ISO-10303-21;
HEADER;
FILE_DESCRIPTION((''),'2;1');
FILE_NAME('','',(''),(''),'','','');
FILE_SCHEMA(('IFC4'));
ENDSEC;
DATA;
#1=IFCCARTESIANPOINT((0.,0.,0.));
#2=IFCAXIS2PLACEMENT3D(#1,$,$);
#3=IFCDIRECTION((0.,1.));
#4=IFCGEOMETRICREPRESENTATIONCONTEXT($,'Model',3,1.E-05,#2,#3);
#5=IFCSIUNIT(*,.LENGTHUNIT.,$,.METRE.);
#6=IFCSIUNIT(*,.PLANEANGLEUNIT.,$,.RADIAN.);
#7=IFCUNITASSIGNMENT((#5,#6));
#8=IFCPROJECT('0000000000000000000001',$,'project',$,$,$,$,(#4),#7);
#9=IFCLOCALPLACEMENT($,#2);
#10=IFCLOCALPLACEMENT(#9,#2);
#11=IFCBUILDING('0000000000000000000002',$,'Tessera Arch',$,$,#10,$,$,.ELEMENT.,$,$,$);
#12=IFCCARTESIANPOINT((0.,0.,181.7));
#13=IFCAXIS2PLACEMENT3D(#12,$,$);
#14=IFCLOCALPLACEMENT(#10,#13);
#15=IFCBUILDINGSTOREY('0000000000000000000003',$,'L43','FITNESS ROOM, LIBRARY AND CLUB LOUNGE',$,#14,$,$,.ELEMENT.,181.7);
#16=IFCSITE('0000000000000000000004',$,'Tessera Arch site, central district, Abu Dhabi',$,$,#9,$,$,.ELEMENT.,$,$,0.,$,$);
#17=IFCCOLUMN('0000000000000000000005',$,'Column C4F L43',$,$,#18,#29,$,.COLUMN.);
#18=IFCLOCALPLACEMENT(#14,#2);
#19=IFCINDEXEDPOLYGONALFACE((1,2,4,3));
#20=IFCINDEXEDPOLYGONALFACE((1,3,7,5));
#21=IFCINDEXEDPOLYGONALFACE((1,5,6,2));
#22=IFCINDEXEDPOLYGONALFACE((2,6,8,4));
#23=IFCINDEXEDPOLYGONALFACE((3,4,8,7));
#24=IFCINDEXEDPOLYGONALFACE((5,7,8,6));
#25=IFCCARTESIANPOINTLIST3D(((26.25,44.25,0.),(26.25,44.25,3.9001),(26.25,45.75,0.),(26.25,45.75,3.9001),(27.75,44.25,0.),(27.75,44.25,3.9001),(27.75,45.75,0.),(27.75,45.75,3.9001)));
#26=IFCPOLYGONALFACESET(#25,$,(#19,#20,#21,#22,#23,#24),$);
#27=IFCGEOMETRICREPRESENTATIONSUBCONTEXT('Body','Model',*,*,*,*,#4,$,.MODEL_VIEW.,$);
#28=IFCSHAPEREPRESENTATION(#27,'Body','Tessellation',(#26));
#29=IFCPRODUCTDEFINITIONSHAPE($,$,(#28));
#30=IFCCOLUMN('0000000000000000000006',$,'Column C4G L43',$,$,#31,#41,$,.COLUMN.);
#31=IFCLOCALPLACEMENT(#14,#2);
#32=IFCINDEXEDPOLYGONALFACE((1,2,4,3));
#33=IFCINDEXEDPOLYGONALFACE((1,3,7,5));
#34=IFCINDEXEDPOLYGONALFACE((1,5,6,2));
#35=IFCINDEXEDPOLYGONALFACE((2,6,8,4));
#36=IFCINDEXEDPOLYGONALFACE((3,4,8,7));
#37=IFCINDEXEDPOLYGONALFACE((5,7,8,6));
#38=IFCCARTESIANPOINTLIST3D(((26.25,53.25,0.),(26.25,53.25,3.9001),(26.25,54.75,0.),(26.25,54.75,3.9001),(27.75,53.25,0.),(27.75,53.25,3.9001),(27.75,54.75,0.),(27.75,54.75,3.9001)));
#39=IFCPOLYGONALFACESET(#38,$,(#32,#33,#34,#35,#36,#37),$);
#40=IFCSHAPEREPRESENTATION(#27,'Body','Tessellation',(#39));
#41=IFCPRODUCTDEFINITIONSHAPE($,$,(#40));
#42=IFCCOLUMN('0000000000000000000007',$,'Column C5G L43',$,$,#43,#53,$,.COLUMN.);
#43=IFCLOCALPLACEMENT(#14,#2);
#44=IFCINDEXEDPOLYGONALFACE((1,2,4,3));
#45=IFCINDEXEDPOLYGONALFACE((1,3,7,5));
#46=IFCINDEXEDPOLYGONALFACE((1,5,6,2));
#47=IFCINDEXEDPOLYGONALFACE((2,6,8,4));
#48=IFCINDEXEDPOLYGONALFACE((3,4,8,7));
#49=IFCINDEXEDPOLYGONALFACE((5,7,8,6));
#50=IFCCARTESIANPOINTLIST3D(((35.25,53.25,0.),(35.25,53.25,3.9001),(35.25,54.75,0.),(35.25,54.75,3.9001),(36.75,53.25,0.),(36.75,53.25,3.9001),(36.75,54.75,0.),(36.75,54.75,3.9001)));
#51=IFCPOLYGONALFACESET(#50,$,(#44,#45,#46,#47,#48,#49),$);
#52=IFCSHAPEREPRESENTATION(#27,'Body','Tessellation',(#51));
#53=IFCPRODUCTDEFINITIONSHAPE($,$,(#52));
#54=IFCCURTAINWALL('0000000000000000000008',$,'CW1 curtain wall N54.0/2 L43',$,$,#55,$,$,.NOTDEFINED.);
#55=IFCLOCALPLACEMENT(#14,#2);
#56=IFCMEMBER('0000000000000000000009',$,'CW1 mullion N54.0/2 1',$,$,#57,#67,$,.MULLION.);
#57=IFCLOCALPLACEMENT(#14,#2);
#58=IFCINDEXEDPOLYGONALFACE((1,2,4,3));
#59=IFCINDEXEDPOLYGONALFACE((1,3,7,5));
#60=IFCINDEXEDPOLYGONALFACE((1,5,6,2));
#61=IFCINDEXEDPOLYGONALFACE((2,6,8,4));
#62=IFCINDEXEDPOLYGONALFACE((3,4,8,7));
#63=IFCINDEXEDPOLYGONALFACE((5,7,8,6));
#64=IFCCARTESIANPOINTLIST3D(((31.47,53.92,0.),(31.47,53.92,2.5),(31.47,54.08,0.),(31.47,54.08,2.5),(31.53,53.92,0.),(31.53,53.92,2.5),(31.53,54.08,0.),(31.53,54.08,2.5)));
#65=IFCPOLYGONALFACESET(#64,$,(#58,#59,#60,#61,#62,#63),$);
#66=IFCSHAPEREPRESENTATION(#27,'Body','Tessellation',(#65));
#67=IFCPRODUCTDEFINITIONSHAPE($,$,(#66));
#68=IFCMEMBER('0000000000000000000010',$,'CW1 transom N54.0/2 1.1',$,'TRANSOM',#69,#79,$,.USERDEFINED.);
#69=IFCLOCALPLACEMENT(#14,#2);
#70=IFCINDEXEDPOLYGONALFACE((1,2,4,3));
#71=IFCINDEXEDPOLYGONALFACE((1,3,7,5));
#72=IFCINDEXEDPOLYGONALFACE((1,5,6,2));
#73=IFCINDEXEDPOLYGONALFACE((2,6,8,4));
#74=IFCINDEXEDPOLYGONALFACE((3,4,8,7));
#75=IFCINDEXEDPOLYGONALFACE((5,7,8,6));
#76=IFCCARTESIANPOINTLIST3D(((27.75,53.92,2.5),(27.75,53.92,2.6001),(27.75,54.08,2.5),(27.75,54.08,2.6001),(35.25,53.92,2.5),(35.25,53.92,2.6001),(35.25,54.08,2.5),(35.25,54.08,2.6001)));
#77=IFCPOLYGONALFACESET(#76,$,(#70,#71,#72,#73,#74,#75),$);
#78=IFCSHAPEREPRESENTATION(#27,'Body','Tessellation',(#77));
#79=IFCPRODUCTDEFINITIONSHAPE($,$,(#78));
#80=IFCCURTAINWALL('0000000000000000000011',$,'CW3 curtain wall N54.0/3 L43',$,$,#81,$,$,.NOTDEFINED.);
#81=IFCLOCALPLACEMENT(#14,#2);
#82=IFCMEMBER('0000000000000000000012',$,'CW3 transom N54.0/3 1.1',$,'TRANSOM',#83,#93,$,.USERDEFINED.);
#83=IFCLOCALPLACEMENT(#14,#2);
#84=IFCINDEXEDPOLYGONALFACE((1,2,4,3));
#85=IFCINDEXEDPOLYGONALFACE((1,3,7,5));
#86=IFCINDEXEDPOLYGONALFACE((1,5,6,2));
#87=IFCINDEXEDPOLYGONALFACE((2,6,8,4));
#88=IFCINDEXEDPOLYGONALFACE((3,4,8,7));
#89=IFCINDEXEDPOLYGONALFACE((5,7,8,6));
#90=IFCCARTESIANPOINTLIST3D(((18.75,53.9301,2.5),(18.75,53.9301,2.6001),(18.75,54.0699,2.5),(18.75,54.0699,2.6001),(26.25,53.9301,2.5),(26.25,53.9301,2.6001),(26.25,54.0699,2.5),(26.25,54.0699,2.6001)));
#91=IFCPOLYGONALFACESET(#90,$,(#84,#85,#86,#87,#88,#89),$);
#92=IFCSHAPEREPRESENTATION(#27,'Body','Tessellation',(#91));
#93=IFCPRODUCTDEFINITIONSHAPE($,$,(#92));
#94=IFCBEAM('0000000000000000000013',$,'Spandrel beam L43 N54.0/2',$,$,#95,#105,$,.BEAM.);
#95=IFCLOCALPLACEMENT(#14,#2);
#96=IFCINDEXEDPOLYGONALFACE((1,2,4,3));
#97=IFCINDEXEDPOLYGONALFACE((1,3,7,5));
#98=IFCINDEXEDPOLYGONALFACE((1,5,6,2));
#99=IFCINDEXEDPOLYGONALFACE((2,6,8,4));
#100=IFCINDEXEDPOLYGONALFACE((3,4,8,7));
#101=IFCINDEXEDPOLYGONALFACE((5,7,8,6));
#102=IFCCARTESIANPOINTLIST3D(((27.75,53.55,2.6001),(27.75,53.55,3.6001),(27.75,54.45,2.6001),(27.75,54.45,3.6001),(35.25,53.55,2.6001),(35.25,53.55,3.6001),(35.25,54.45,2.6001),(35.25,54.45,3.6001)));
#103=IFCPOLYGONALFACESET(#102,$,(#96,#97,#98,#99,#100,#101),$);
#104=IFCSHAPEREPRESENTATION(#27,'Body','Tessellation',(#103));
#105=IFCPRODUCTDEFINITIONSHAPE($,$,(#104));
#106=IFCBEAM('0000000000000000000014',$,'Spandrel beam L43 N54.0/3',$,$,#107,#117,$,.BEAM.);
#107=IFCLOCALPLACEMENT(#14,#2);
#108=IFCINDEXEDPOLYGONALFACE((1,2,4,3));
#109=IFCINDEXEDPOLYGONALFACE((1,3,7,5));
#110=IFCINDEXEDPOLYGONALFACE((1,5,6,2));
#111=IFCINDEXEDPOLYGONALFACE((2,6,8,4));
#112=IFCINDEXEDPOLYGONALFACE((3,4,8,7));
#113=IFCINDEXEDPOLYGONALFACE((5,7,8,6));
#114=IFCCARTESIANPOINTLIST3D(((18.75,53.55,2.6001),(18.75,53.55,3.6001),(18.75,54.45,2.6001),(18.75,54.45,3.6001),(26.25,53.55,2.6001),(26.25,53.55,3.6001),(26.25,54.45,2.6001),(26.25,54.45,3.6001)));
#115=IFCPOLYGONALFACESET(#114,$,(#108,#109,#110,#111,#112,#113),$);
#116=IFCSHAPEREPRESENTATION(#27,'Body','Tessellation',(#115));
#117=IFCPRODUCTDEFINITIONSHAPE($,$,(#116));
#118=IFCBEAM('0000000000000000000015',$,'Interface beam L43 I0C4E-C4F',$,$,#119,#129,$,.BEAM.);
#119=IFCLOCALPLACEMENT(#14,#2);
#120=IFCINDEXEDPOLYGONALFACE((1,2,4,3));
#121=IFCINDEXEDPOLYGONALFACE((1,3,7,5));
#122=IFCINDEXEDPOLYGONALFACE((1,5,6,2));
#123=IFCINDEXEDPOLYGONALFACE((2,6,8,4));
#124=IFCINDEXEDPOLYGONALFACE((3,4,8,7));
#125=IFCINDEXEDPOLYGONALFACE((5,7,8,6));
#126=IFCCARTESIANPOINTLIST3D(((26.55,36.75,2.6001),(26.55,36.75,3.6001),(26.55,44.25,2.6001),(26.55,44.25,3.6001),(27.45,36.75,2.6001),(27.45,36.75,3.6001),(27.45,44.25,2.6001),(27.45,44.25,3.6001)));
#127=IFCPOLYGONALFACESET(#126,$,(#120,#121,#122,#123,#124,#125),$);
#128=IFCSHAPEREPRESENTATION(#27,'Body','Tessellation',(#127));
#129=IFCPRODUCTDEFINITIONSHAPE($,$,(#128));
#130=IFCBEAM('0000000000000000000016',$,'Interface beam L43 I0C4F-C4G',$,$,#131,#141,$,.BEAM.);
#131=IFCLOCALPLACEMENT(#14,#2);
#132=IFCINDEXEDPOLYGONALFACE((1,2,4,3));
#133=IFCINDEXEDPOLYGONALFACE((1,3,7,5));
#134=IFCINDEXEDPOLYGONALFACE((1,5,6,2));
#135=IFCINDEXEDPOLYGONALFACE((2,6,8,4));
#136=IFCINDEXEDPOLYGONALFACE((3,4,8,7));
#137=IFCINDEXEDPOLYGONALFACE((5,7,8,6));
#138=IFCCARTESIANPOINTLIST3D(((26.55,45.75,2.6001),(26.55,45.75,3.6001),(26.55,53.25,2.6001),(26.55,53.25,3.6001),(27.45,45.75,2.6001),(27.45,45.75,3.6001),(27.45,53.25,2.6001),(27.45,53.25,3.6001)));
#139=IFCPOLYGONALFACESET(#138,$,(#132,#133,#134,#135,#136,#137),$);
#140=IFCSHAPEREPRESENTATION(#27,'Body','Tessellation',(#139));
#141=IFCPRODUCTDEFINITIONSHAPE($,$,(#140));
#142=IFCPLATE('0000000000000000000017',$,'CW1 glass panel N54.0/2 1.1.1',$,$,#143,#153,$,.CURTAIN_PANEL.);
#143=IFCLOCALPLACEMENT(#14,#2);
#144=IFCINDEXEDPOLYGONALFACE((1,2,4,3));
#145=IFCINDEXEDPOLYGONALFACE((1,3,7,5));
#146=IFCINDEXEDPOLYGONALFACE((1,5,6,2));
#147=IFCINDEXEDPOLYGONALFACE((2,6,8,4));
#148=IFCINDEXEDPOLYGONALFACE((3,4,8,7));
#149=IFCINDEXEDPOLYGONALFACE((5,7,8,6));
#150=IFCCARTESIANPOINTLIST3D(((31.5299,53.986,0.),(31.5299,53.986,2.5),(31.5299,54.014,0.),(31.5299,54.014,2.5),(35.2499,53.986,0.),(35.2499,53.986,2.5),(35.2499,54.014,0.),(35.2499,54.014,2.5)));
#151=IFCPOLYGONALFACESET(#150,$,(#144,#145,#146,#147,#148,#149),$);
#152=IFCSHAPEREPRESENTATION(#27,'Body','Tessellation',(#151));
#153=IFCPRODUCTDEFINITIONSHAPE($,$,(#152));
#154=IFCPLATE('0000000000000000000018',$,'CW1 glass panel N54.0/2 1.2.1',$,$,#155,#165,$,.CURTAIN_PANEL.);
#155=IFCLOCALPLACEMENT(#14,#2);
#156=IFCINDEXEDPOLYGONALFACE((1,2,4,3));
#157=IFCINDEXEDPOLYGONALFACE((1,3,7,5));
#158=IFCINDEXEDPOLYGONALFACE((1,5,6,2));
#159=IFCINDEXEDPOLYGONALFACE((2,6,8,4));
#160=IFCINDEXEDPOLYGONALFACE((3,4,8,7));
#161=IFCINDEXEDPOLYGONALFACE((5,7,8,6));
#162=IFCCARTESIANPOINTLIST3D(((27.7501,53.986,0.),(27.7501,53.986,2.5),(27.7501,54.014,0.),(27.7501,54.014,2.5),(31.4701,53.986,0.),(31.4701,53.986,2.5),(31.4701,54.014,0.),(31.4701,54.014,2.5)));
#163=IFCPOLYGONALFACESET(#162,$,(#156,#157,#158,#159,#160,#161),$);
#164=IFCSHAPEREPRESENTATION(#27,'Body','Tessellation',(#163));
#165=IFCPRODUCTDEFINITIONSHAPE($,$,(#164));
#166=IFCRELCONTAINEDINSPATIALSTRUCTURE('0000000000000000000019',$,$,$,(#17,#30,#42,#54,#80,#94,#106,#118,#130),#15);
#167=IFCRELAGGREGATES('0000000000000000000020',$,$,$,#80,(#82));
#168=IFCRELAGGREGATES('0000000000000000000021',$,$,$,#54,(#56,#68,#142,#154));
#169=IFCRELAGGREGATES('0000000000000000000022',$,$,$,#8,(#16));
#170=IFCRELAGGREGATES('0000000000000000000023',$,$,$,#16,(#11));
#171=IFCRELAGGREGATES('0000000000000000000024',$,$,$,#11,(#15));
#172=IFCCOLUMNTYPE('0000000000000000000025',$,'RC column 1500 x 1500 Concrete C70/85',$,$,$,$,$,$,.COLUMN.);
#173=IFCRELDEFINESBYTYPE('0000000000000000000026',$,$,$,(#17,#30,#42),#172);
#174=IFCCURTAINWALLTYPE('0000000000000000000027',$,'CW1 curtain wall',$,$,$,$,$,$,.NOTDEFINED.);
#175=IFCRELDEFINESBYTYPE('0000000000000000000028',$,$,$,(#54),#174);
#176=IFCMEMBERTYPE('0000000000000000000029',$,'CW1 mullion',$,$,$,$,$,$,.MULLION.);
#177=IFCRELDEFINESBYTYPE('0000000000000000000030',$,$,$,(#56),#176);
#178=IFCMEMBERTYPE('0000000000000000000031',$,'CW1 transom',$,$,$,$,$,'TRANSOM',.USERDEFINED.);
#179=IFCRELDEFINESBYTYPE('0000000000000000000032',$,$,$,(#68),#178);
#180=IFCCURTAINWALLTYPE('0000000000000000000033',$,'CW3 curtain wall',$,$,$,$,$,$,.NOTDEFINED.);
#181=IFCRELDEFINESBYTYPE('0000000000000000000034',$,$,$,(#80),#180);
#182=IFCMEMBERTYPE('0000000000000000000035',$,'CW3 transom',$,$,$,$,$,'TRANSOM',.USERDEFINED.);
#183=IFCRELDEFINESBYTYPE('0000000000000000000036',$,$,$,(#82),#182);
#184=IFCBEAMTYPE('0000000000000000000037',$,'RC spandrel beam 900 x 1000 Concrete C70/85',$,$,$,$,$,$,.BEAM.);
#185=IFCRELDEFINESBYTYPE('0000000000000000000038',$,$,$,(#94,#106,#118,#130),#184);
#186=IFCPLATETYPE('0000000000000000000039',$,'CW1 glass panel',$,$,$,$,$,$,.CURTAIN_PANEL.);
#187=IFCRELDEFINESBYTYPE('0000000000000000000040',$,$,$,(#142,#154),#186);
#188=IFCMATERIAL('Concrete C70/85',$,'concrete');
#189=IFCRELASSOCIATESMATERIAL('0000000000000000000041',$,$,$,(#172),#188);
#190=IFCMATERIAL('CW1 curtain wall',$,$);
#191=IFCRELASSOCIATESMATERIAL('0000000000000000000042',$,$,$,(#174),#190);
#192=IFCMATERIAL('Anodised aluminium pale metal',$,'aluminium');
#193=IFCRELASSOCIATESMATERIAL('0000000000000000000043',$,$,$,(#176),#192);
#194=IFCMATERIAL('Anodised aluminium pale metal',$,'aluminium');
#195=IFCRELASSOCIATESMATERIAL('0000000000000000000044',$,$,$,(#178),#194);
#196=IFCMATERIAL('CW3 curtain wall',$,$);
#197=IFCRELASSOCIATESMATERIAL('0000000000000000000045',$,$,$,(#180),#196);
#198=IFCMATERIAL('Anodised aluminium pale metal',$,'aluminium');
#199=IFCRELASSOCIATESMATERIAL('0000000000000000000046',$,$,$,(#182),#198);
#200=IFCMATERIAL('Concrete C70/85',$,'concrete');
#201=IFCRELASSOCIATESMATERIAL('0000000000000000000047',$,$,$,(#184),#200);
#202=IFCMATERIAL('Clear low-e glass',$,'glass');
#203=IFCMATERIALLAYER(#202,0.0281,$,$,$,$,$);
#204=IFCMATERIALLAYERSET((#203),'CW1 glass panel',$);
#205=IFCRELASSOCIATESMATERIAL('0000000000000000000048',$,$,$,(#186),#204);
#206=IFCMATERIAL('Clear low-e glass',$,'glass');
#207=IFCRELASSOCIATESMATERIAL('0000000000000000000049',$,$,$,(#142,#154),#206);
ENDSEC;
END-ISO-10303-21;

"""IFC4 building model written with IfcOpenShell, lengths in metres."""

from ifc_helpers import new_model, si_unit, direction, frame, origin, origin_2d, place, context, subcontext, project, spatial, rectangle, extrude, material, layer, layer_set, material_profile, profile_set, type_object, element, aggregate, save


model = new_model("IFC4")

# Units and contexts
model_context = context("Model", 3, precision=1e-05, world=origin(), true_north=direction((0.0, 1.0)))
body_context = subcontext(model_context, "Body", "Model", "MODEL_VIEW")
ifc_project = project(units=[si_unit("LENGTHUNIT", "METRE"), si_unit("PLANEANGLEUNIT", "RADIAN")], contexts=[model_context])

# Site, building, storey
site_placement = place(None, origin())
site = spatial("IfcSite", under=ifc_project, at=site_placement, Name="Tessera Arch site, central district, Abu Dhabi", CompositionType="ELEMENT", RefElevation=0.0)
building_placement = place(site_placement, origin())
building = spatial("IfcBuilding", under=site, at=building_placement, Name="Tessera Arch", CompositionType="ELEMENT")
storey_placement = place(building_placement, frame((0.0, 0.0, 181.7)))
storey = spatial("IfcBuildingStorey", under=building, at=storey_placement, Name="L43", Description="FITNESS ROOM, LIBRARY AND CLUB LOUNGE", CompositionType="ELEMENT", Elevation=181.7)

# Columns
ifc_material_1 = material(Name="Concrete C70/85", Category="concrete")
ifc_material_profile_1 = material_profile(ifc_material_1, rectangle(XDim=1.5, YDim=1.5, at=origin_2d()), Name="RC column 1500 x 1500 Concrete C70/85")
ifc_profile_set_1 = profile_set([ifc_material_profile_1], Name="Concrete C70/85")
column_type = type_object("IfcColumnType", Name="RC column 1500 x 1500 Concrete C70/85", PredefinedType="COLUMN", material=ifc_profile_set_1)
for number, where, z_axis, x_axis, name in (
    (1, (27.0, 45.0, 0.0), (0.0, 0.0, 1.0), (1.0, 0.0, 0.0), "Column C4F L43"),
    (2, (27.0, 54.0, 0.0), (0.0, 0.0, 1.0), (1.0, 0.0, 0.0), "Column C4G L43"),
    (3, (36.0, 54.0, 0.0), (0.0, 0.0, 1.0), (1.0, 0.0, 0.0), "Column C5G L43"),
):
    element("IfcColumn", number, at=place(storey_placement, frame(where, z_axis=z_axis, x_axis=x_axis)), inside=storey, type_object=column_type, Name=name, PredefinedType="COLUMN", context=body_context, shape_type="SweptSolid", body=[
        extrude(rectangle(XDim=1.5, YDim=1.5, at=origin_2d()), origin(), (0.0, 0.0, 1.0), 3.9001),
    ])

# Curtain wall, members
ifc_material_2 = material(Name="CW1 curtain wall")
curtain_wall_type_1 = type_object("IfcCurtainWallType", Name="CW1 curtain wall", PredefinedType="NOTDEFINED", material=ifc_material_2)
curtain_wall_1_placement = place(storey_placement, origin())
curtain_wall_1 = element("IfcCurtainWall", 4, at=curtain_wall_1_placement, inside=storey, type_object=curtain_wall_type_1, Name="CW1 curtain wall N54.0/2 L43", PredefinedType="NOTDEFINED")
ifc_material_3 = material(Name="Anodised aluminium pale metal", Category="aluminium")
ifc_material_profile_2 = material_profile(ifc_material_3, rectangle(XDim=0.1599, YDim=0.0601, at=origin_2d()), Name="AL 60x160")
ifc_profile_set_2 = profile_set([ifc_material_profile_2], Name="Anodised aluminium pale metal")
member_type_1 = type_object("IfcMemberType", Name="CW1 mullion", PredefinedType="MULLION", material=ifc_profile_set_2)
member_1_placement = place(storey_placement, frame((31.5, 54.0, 0.0), z_axis=(0.0, 0.0, 1.0), x_axis=(0.0, -1.0, 0.0)))
member_1 = element("IfcMember", 5, at=member_1_placement, type_object=member_type_1, Name="CW1 mullion N54.0/2 1", PredefinedType="MULLION", context=body_context, shape_type="SweptSolid", body=[
    extrude(rectangle(XDim=0.1599, YDim=0.0601, at=origin_2d()), origin(), (0.0, 0.0, 1.0), 2.5),
])
ifc_material_4 = material(Name="Anodised aluminium pale metal", Category="aluminium")
ifc_material_profile_3 = material_profile(ifc_material_4, rectangle(XDim=0.1599, YDim=0.1001, at=origin_2d()), Name="AL 160x100")
ifc_profile_set_3 = profile_set([ifc_material_profile_3], Name="Anodised aluminium pale metal")
member_type_2 = type_object("IfcMemberType", Name="CW1 transom", ElementType="TRANSOM", PredefinedType="USERDEFINED", material=ifc_profile_set_3)
member_2_placement = place(storey_placement, frame((35.25, 54.0, 2.55), z_axis=(-1.0, 0.0, 0.0), x_axis=(0.0, -1.0, 0.0)))
member_2 = element("IfcMember", 6, at=member_2_placement, type_object=member_type_2, Name="CW1 transom N54.0/2 1.1", ObjectType="TRANSOM", PredefinedType="USERDEFINED", context=body_context, shape_type="SweptSolid", body=[
    extrude(rectangle(XDim=0.1599, YDim=0.1001, at=origin_2d()), origin(), (0.0, 0.0, 1.0), 7.5),
])

# Curtain wall, member
ifc_material_5 = material(Name="CW3 curtain wall")
curtain_wall_type_2 = type_object("IfcCurtainWallType", Name="CW3 curtain wall", PredefinedType="NOTDEFINED", material=ifc_material_5)
curtain_wall_2_placement = place(storey_placement, origin())
curtain_wall_2 = element("IfcCurtainWall", 7, at=curtain_wall_2_placement, inside=storey, type_object=curtain_wall_type_2, Name="CW3 curtain wall N54.0/3 L43", PredefinedType="NOTDEFINED")
ifc_material_6 = material(Name="Anodised aluminium pale metal", Category="aluminium")
ifc_material_profile_4 = material_profile(ifc_material_6, rectangle(XDim=0.1399, YDim=0.1001, at=origin_2d()), Name="AL 140x100")
ifc_profile_set_4 = profile_set([ifc_material_profile_4], Name="Anodised aluminium pale metal")
member_type_3 = type_object("IfcMemberType", Name="CW3 transom", ElementType="TRANSOM", PredefinedType="USERDEFINED", material=ifc_profile_set_4)
member_3_placement = place(storey_placement, frame((26.25, 54.0, 2.55), z_axis=(-1.0, 0.0, 0.0), x_axis=(0.0, -1.0, 0.0)))
member_3 = element("IfcMember", 8, at=member_3_placement, type_object=member_type_3, Name="CW3 transom N54.0/3 1.1", ObjectType="TRANSOM", PredefinedType="USERDEFINED", context=body_context, shape_type="SweptSolid", body=[
    extrude(rectangle(XDim=0.1399, YDim=0.1001, at=origin_2d()), origin(), (0.0, 0.0, 1.0), 7.5),
])
aggregate(curtain_wall_2, [member_3])

# Beams
ifc_material_7 = material(Name="Concrete C70/85", Category="concrete")
ifc_material_profile_5 = material_profile(ifc_material_7, rectangle(XDim=0.8999, YDim=1.0, at=origin_2d()), Name="RC spandrel beam 900 x 1000 Concrete C70/85")
ifc_profile_set_5 = profile_set([ifc_material_profile_5], Name="Concrete C70/85")
beam_type = type_object("IfcBeamType", Name="RC spandrel beam 900 x 1000 Concrete C70/85", PredefinedType="BEAM", material=ifc_profile_set_5)
for number, where, z_axis, x_axis, name in (
    (9, (35.25, 54.0, 3.1001), (-1.0, 0.0, 0.0), (0.0, -1.0, 0.0), "Spandrel beam L43 N54.0/2"),
    (10, (26.25, 54.0, 3.1001), (-1.0, 0.0, 0.0), (0.0, -1.0, 0.0), "Spandrel beam L43 N54.0/3"),
    (11, (27.0, 36.75, 3.1001), (0.0, 1.0, 0.0), (-1.0, 0.0, 0.0), "Interface beam L43 I0C4E-C4F"),
    (12, (27.0, 45.75, 3.1001), (0.0, 1.0, 0.0), (-1.0, 0.0, 0.0), "Interface beam L43 I0C4F-C4G"),
):
    element("IfcBeam", number, at=place(storey_placement, frame(where, z_axis=z_axis, x_axis=x_axis)), inside=storey, type_object=beam_type, Name=name, PredefinedType="BEAM", context=body_context, shape_type="SweptSolid", body=[
        extrude(rectangle(XDim=0.8999, YDim=1.0, at=origin_2d()), origin(), (0.0, 0.0, 1.0), 7.5),
    ])

# Plates
ifc_material_8 = material(Name="Clear low-e glass", Category="glass")
ifc_material_9 = material(Name="Clear low-e glass", Category="glass")
ifc_layer_1 = layer(ifc_material_9, 0.0281)
ifc_layer_set_1 = layer_set([ifc_layer_1], Name="CW1 glass panel")
plate_type = type_object("IfcPlateType", Name="CW1 glass panel", PredefinedType="CURTAIN_PANEL", material=ifc_layer_set_1)
plate_1_placement = place(storey_placement, frame((33.3899, 54.0, 0.0), z_axis=(0.0, 0.0, 1.0), x_axis=(-1.0, 0.0, 0.0)))
plate_1 = element("IfcPlate", 13, at=plate_1_placement, type_object=plate_type, material=ifc_material_8, Name="CW1 glass panel N54.0/2 1.1.1", PredefinedType="CURTAIN_PANEL", context=body_context, shape_type="SweptSolid", body=[
    extrude(rectangle(XDim=3.72, YDim=0.0281, at=origin_2d()), origin(), (0.0, 0.0, 1.0), 2.5),
])
plate_2_placement = place(storey_placement, frame((29.6101, 54.0, 0.0), z_axis=(0.0, 0.0, 1.0), x_axis=(-1.0, 0.0, 0.0)))
plate_2 = element("IfcPlate", 14, at=plate_2_placement, type_object=plate_type, material=ifc_material_8, Name="CW1 glass panel N54.0/2 1.2.1", PredefinedType="CURTAIN_PANEL", context=body_context, shape_type="SweptSolid", body=[
    extrude(rectangle(XDim=3.72, YDim=0.0281, at=origin_2d()), origin(), (0.0, 0.0, 1.0), 2.5),
])
aggregate(curtain_wall_1, [member_1, member_2, plate_1, plate_2])

save(model, "model.ifc")
